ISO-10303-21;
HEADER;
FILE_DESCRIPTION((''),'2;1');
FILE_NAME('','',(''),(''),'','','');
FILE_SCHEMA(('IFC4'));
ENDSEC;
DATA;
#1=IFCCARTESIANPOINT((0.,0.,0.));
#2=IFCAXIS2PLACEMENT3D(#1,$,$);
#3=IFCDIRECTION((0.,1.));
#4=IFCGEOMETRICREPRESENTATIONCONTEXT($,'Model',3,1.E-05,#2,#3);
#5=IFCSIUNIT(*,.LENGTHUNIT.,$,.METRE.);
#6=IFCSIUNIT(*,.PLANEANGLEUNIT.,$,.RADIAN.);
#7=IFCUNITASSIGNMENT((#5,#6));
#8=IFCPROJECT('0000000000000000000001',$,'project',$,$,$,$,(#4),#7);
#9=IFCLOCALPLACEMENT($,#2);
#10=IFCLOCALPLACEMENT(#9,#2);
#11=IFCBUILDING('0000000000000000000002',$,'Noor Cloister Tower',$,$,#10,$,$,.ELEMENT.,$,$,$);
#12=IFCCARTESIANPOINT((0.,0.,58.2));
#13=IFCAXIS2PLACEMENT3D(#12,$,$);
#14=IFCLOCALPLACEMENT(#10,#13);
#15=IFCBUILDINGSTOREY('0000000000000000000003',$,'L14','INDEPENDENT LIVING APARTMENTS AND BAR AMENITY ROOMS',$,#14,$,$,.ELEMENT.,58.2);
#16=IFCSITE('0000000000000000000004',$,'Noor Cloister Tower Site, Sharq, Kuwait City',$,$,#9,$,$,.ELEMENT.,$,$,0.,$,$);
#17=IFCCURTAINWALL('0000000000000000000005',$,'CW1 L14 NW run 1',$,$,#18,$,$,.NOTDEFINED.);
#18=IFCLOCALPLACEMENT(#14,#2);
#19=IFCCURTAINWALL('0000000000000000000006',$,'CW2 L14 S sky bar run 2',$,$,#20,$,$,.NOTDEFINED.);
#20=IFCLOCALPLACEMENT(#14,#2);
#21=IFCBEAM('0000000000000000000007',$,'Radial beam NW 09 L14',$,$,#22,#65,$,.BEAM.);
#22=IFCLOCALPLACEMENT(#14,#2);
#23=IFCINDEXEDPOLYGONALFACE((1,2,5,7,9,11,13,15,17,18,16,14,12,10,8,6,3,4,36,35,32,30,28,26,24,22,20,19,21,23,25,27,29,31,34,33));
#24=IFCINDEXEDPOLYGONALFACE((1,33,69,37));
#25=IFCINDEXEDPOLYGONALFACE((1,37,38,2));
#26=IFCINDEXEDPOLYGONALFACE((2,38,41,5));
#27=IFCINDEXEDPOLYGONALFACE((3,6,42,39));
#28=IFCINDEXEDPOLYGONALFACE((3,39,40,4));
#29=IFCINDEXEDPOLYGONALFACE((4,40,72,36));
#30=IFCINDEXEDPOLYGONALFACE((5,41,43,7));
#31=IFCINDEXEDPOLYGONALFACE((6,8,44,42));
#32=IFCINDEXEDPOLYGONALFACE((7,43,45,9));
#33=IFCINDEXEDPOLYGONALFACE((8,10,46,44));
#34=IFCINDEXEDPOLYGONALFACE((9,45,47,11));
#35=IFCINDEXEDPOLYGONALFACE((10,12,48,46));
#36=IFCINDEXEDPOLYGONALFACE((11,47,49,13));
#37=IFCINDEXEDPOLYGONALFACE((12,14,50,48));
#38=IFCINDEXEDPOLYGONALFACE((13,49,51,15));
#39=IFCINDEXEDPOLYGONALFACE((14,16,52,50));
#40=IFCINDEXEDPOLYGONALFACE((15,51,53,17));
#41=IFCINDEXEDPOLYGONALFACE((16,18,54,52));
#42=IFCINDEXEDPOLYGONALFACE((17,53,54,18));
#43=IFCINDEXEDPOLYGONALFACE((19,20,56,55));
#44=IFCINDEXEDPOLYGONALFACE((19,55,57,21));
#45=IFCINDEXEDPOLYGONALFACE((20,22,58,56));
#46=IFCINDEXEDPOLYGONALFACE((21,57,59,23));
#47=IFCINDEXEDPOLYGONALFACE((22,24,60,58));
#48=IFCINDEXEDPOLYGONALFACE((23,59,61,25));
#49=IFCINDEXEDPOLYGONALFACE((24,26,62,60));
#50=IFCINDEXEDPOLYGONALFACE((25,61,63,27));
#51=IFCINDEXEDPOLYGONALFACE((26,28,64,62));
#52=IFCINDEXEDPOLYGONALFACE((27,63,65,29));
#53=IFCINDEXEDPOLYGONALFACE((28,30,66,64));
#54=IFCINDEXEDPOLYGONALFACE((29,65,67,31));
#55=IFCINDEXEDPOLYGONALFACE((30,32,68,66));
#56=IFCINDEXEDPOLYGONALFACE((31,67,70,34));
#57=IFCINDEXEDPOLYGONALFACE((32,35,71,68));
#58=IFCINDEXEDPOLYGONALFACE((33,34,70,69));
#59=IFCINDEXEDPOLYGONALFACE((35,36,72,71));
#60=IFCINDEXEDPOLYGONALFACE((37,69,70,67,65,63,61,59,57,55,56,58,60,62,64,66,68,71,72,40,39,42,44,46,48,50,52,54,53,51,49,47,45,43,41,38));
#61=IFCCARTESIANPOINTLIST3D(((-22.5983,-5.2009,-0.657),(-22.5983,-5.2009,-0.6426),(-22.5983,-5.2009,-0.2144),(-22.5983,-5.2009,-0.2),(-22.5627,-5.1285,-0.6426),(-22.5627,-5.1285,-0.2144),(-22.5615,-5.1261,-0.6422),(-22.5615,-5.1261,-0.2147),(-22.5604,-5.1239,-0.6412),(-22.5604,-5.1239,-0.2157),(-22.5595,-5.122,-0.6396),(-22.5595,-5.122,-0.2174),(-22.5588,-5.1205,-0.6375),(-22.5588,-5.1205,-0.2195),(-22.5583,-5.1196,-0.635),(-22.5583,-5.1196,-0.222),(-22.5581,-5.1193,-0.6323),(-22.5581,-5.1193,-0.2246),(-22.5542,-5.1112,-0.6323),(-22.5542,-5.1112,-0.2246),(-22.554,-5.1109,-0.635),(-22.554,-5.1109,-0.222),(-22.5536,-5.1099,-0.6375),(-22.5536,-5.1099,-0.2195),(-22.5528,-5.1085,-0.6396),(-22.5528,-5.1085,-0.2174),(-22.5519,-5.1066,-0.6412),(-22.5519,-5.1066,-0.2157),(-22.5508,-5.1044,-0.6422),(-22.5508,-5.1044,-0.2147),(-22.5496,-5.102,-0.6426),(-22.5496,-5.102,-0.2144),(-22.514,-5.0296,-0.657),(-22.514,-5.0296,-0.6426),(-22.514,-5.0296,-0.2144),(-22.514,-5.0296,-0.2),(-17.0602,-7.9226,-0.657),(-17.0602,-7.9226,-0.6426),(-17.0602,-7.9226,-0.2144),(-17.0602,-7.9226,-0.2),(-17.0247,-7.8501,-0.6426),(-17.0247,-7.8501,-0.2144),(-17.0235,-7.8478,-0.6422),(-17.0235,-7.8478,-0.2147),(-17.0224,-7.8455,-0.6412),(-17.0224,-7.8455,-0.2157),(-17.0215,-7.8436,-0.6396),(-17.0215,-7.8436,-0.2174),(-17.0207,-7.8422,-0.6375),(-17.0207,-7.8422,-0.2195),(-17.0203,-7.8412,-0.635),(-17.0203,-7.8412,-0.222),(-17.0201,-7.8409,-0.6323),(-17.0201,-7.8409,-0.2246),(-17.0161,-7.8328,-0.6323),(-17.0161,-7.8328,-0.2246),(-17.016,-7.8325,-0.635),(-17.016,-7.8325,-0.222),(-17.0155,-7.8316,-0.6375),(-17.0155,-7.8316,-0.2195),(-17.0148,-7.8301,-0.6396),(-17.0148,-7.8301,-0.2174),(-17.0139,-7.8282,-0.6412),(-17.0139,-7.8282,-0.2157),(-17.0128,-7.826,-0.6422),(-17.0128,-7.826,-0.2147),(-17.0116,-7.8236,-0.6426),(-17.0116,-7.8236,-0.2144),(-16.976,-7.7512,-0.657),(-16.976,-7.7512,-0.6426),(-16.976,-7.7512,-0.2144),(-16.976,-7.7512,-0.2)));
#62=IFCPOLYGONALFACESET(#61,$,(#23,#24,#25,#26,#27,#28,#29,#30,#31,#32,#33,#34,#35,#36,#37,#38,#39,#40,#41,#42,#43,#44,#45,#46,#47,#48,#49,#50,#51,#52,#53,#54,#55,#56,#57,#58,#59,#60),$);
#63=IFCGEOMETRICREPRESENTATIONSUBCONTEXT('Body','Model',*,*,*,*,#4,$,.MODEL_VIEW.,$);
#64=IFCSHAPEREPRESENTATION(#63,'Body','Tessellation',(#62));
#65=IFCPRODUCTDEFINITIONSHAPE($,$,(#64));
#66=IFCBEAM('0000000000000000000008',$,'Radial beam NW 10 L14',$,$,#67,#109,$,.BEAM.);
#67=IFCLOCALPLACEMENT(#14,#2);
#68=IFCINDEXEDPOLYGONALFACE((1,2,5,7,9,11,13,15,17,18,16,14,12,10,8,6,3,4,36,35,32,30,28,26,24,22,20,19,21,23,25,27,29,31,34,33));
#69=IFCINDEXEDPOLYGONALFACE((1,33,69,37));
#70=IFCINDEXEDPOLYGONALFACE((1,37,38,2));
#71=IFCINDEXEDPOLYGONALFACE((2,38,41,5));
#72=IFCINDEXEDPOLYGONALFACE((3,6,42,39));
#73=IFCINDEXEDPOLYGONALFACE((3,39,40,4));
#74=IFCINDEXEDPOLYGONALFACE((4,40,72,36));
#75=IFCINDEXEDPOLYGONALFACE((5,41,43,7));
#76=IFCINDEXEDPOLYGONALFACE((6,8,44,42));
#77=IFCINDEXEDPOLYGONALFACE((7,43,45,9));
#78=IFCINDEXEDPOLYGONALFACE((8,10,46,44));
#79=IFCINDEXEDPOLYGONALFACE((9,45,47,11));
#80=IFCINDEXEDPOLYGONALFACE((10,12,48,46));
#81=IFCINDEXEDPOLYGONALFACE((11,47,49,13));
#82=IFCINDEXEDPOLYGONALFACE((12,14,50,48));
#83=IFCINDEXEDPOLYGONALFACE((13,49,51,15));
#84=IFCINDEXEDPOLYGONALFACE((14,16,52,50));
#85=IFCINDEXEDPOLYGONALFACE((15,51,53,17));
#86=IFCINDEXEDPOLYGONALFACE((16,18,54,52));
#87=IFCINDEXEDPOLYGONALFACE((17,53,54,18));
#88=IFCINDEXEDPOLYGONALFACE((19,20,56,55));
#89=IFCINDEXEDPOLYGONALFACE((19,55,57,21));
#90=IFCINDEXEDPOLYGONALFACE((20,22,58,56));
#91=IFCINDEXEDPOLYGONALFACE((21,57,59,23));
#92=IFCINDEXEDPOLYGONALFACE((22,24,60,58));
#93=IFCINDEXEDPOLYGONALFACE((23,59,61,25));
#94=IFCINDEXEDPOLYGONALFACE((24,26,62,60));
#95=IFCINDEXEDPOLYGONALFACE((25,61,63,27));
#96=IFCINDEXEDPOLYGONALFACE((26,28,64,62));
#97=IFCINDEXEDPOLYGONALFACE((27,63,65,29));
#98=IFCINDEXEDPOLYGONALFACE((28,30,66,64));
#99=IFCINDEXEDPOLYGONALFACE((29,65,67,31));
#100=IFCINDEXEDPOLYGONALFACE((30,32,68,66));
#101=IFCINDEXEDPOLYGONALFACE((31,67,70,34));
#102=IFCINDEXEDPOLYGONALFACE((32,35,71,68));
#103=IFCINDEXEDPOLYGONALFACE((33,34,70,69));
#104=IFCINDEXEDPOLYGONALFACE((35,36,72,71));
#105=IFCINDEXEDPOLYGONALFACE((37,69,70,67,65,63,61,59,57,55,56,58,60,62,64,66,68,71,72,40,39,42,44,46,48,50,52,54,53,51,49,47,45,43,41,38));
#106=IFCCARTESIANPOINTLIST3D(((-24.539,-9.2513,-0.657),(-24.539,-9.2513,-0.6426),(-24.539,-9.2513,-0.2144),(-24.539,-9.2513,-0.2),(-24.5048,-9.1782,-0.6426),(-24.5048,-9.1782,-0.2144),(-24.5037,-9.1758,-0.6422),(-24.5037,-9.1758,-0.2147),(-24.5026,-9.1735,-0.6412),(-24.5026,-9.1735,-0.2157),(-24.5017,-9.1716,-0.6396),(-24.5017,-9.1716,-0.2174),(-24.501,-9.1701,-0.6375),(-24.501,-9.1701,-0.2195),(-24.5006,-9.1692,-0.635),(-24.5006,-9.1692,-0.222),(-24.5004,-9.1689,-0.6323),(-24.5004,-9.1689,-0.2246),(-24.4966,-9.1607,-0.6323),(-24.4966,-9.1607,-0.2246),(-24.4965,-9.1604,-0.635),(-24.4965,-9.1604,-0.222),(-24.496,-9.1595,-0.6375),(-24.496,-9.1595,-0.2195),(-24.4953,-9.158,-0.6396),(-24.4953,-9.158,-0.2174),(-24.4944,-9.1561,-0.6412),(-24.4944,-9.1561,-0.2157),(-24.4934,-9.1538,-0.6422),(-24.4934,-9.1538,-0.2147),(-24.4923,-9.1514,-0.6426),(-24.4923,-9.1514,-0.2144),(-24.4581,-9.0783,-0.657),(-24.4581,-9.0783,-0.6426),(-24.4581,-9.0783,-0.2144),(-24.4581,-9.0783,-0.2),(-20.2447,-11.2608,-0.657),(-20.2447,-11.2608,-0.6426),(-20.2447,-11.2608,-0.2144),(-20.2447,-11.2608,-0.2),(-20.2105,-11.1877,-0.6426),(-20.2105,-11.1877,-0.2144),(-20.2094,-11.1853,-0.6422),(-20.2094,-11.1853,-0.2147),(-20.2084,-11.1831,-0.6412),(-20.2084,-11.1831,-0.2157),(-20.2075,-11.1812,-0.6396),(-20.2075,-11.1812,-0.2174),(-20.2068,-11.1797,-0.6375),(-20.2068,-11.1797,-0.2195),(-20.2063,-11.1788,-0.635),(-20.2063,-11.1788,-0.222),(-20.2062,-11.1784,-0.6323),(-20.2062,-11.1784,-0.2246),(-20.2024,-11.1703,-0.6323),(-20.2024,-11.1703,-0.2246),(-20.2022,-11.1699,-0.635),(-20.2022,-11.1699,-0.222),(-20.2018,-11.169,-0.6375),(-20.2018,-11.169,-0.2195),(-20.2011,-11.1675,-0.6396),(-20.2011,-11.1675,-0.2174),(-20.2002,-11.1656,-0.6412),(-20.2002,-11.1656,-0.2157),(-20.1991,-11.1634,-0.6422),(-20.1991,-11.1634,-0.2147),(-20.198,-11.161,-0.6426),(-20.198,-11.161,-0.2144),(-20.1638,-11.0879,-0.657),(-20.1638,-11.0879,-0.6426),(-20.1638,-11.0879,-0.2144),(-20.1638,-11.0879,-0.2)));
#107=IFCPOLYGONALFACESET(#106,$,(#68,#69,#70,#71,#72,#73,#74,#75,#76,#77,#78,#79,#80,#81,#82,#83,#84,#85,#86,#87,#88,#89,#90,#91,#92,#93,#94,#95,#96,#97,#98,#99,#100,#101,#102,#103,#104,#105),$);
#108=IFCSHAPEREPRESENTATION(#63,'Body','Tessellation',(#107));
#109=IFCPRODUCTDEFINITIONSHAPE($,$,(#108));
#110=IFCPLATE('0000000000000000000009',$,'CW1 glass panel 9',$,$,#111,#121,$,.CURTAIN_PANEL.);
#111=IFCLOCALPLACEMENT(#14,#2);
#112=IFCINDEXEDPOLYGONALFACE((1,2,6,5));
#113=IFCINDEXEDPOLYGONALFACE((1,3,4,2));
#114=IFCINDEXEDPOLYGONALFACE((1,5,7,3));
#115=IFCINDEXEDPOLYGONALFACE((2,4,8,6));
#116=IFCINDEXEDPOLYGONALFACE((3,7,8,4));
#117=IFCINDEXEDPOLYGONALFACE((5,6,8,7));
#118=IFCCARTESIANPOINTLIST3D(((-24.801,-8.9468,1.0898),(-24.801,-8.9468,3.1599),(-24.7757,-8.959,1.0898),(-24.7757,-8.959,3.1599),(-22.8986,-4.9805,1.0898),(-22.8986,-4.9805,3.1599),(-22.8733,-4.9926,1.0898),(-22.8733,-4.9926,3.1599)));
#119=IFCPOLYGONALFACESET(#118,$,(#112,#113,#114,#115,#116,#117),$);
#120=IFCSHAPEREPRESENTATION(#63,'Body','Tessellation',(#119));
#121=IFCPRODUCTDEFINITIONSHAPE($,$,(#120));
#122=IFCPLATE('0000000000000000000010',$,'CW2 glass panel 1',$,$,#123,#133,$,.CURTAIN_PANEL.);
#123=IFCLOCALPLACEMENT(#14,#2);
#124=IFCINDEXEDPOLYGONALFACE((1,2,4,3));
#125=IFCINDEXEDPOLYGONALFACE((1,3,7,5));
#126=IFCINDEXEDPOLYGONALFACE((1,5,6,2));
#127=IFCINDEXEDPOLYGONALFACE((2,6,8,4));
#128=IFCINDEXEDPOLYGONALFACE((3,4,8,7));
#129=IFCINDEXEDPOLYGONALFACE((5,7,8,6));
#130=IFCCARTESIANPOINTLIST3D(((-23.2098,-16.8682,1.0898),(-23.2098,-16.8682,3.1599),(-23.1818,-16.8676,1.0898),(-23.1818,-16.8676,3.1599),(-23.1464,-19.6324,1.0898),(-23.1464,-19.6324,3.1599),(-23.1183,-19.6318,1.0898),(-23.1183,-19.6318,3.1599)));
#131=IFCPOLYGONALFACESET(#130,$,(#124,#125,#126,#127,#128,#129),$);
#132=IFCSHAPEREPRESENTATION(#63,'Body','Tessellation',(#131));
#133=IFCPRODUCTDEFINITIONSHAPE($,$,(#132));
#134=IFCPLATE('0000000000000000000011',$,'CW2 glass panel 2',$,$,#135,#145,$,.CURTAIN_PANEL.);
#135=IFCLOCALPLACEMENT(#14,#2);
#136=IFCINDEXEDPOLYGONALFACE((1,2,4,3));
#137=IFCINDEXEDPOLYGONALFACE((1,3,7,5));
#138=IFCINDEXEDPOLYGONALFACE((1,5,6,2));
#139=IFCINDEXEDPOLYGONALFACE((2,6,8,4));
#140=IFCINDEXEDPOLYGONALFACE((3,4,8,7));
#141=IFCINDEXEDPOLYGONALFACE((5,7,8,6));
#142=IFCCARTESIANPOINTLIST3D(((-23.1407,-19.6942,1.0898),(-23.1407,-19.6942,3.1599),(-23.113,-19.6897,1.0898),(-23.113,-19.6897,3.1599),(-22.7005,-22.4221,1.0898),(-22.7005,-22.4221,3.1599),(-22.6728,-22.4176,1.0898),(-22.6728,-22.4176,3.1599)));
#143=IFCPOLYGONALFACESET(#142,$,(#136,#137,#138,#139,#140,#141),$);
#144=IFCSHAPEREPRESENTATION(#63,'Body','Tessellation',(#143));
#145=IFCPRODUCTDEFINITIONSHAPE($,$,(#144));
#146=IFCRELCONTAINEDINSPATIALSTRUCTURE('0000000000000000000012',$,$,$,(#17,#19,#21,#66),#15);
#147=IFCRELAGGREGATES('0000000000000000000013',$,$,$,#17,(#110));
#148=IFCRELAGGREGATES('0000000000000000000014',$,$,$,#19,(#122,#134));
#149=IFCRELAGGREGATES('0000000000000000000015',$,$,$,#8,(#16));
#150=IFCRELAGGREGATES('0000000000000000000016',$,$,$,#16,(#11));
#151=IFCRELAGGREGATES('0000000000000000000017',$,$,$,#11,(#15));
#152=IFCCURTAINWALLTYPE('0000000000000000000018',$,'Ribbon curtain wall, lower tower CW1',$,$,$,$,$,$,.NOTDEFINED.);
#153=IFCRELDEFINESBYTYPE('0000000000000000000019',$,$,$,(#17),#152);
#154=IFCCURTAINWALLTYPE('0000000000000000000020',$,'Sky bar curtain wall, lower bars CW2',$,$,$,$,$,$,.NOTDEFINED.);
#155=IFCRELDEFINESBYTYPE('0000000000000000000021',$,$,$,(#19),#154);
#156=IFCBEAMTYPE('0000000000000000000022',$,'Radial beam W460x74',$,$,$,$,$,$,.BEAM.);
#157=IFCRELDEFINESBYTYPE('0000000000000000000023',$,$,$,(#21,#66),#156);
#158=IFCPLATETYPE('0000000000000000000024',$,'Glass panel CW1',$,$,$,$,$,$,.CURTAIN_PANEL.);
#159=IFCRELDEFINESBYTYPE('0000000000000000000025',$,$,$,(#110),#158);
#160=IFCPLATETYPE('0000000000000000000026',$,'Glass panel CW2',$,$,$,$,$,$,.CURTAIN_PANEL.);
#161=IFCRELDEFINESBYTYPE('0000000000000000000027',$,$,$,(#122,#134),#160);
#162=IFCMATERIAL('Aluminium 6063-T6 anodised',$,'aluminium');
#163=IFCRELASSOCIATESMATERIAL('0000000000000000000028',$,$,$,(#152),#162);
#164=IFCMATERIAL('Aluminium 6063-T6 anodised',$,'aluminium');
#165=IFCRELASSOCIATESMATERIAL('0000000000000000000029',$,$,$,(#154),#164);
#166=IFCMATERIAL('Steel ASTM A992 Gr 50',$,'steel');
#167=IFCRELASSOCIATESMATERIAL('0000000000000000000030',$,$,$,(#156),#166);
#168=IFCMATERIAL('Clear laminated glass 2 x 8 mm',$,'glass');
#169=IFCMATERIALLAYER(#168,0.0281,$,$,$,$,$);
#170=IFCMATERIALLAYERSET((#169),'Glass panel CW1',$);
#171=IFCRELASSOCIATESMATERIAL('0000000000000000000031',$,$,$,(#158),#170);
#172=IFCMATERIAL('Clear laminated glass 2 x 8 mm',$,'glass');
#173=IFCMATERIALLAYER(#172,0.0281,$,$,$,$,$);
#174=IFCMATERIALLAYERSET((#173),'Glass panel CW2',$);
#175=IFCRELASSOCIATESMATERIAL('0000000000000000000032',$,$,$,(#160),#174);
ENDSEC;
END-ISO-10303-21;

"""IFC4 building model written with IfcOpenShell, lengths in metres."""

from ifc_helpers import new_model, si_unit, direction, frame, origin, origin_2d, place, context, subcontext, project, spatial, rectangle, i_section, extrude, material, layer, layer_set, material_profile, profile_set, type_object, element, aggregate, save


model = new_model("IFC4")

# Units and contexts
model_context = context("Model", 3, precision=1e-05, world=origin(), true_north=direction((0.0, 1.0)))
body_context = subcontext(model_context, "Body", "Model", "MODEL_VIEW")
ifc_project = project(units=[si_unit("LENGTHUNIT", "METRE"), si_unit("PLANEANGLEUNIT", "RADIAN")], contexts=[model_context])

# Site, building, storey
site_placement = place(None, origin())
site = spatial("IfcSite", under=ifc_project, at=site_placement, Name="Noor Cloister Tower Site, Sharq, Kuwait City", CompositionType="ELEMENT", RefElevation=0.0)
building_placement = place(site_placement, origin())
building = spatial("IfcBuilding", under=site, at=building_placement, Name="Noor Cloister Tower", CompositionType="ELEMENT")
storey_placement = place(building_placement, frame((0.0, 0.0, 58.2)))
storey = spatial("IfcBuildingStorey", under=building, at=storey_placement, Name="L14", Description="INDEPENDENT LIVING APARTMENTS AND BAR AMENITY ROOMS", CompositionType="ELEMENT", Elevation=58.2)

# Curtain walls
ifc_material_1 = material(Name="Aluminium 6063-T6 anodised", Category="aluminium")
curtain_wall_type_1 = type_object("IfcCurtainWallType", Name="Ribbon curtain wall, lower tower CW1", PredefinedType="NOTDEFINED", material=ifc_material_1)
curtain_wall_1_placement = place(storey_placement, origin())
curtain_wall_1 = element("IfcCurtainWall", 1, at=curtain_wall_1_placement, inside=storey, type_object=curtain_wall_type_1, Name="CW1 L14 NW run 1", PredefinedType="NOTDEFINED")
ifc_material_2 = material(Name="Aluminium 6063-T6 anodised", Category="aluminium")
curtain_wall_type_2 = type_object("IfcCurtainWallType", Name="Sky bar curtain wall, lower bars CW2", PredefinedType="NOTDEFINED", material=ifc_material_2)
curtain_wall_2_placement = place(storey_placement, origin())
curtain_wall_2 = element("IfcCurtainWall", 2, at=curtain_wall_2_placement, inside=storey, type_object=curtain_wall_type_2, Name="CW2 L14 S sky bar run 2", PredefinedType="NOTDEFINED")

# Beams
ifc_material_3 = material(Name="Steel ASTM A992 Gr 50", Category="steel")
ifc_material_profile_1 = material_profile(ifc_material_3, i_section(OverallWidth=0.1909, OverallDepth=0.457, WebThickness=0.009, FlangeThickness=0.0144, FilletRadius=0.0103, at=origin_2d()), Name="W460x74")
ifc_profile_set_1 = profile_set([ifc_material_profile_1], Name="Steel ASTM A992 Gr 50")
beam_type_1 = type_object("IfcBeamType", Name="Radial beam W460x74", PredefinedType="BEAM", material=ifc_profile_set_1)
beam_1_placement = place(storey_placement, frame((-22.5562, -5.1152, -0.4285), z_axis=(0.897476, -0.441063, 0.0), x_axis=(0.441063, 0.897476, 0.0)))
element("IfcBeam", 3, at=beam_1_placement, inside=storey, type_object=beam_type_1, Name="Radial beam NW 09 L14", PredefinedType="BEAM", context=body_context, shape_type="SweptSolid", body=[
    extrude(i_section(OverallWidth=0.1909, OverallDepth=0.457, WebThickness=0.009, FlangeThickness=0.0144, FilletRadius=0.0103, at=origin_2d()), origin(), (0.0, 0.0, 1.0), 6.1707),
])
beam_2_placement = place(storey_placement, frame((-24.4985, -9.1648, -0.4285), z_axis=(0.905733, -0.423849, 0.0), x_axis=(0.423849, 0.905733, 0.0)))
element("IfcBeam", 4, at=beam_2_placement, inside=storey, type_object=beam_type_1, Name="Radial beam NW 10 L14", PredefinedType="BEAM", context=body_context, shape_type="SweptSolid", body=[
    extrude(i_section(OverallWidth=0.1909, OverallDepth=0.457, WebThickness=0.009, FlangeThickness=0.0144, FilletRadius=0.0103, at=origin_2d()), origin(), (0.0, 0.0, 1.0), 4.7412),
])

# Plates
ifc_material_4 = material(Name="Clear laminated glass 2 x 8 mm", Category="glass")
ifc_layer_1 = layer(ifc_material_4, 0.0281)
ifc_layer_set_1 = layer_set([ifc_layer_1], Name="Glass panel CW1")
plate_type_1 = type_object("IfcPlateType", Name="Glass panel CW1", PredefinedType="CURTAIN_PANEL", material=ifc_layer_set_1)
plate_1_placement = place(storey_placement, frame((-23.8372, -6.9697, 1.0898), z_axis=(0.0, 0.0, 1.0), x_axis=(-0.432455, -0.901656, 0.0)))
plate_1 = element("IfcPlate", 5, at=plate_1_placement, type_object=plate_type_1, Name="CW1 glass panel 9", PredefinedType="CURTAIN_PANEL", context=body_context, shape_type="SweptSolid", body=[
    extrude(rectangle(XDim=4.3989, YDim=0.0281, at=origin_2d()), origin(), (0.0, 0.0, 1.0), 2.0701),
])
aggregate(curtain_wall_1, [plate_1])
ifc_material_5 = material(Name="Clear laminated glass 2 x 8 mm", Category="glass")
ifc_layer_2 = layer(ifc_material_5, 0.0281)
ifc_layer_set_2 = layer_set([ifc_layer_2], Name="Glass panel CW2")
plate_type_2 = type_object("IfcPlateType", Name="Glass panel CW2", PredefinedType="CURTAIN_PANEL", material=ifc_layer_set_2)
plate_2_placement = place(storey_placement, frame((-23.1641, -18.25, 1.0898), z_axis=(0.0, 0.0, 1.0), x_axis=(0.022953, -0.999737, 0.0)))
plate_2 = element("IfcPlate", 6, at=plate_2_placement, type_object=plate_type_2, Name="CW2 glass panel 1", PredefinedType="CURTAIN_PANEL", context=body_context, shape_type="SweptSolid", body=[
    extrude(rectangle(XDim=2.7649, YDim=0.0281, at=origin_2d()), origin(), (0.0, 0.0, 1.0), 2.0701),
])
plate_3_placement = place(storey_placement, frame((-22.9067, -21.0559, 1.0898), z_axis=(0.0, 0.0, 1.0), x_axis=(0.159313, -0.987228, 0.0)))
plate_3 = element("IfcPlate", 7, at=plate_3_placement, type_object=plate_type_2, Name="CW2 glass panel 2", PredefinedType="CURTAIN_PANEL", context=body_context, shape_type="SweptSolid", body=[
    extrude(rectangle(XDim=2.7632, YDim=0.0281, at=origin_2d()), origin(), (0.0, 0.0, 1.0), 2.0701),
])
aggregate(curtain_wall_2, [plate_2, plate_3])

save(model, "model.ifc")
